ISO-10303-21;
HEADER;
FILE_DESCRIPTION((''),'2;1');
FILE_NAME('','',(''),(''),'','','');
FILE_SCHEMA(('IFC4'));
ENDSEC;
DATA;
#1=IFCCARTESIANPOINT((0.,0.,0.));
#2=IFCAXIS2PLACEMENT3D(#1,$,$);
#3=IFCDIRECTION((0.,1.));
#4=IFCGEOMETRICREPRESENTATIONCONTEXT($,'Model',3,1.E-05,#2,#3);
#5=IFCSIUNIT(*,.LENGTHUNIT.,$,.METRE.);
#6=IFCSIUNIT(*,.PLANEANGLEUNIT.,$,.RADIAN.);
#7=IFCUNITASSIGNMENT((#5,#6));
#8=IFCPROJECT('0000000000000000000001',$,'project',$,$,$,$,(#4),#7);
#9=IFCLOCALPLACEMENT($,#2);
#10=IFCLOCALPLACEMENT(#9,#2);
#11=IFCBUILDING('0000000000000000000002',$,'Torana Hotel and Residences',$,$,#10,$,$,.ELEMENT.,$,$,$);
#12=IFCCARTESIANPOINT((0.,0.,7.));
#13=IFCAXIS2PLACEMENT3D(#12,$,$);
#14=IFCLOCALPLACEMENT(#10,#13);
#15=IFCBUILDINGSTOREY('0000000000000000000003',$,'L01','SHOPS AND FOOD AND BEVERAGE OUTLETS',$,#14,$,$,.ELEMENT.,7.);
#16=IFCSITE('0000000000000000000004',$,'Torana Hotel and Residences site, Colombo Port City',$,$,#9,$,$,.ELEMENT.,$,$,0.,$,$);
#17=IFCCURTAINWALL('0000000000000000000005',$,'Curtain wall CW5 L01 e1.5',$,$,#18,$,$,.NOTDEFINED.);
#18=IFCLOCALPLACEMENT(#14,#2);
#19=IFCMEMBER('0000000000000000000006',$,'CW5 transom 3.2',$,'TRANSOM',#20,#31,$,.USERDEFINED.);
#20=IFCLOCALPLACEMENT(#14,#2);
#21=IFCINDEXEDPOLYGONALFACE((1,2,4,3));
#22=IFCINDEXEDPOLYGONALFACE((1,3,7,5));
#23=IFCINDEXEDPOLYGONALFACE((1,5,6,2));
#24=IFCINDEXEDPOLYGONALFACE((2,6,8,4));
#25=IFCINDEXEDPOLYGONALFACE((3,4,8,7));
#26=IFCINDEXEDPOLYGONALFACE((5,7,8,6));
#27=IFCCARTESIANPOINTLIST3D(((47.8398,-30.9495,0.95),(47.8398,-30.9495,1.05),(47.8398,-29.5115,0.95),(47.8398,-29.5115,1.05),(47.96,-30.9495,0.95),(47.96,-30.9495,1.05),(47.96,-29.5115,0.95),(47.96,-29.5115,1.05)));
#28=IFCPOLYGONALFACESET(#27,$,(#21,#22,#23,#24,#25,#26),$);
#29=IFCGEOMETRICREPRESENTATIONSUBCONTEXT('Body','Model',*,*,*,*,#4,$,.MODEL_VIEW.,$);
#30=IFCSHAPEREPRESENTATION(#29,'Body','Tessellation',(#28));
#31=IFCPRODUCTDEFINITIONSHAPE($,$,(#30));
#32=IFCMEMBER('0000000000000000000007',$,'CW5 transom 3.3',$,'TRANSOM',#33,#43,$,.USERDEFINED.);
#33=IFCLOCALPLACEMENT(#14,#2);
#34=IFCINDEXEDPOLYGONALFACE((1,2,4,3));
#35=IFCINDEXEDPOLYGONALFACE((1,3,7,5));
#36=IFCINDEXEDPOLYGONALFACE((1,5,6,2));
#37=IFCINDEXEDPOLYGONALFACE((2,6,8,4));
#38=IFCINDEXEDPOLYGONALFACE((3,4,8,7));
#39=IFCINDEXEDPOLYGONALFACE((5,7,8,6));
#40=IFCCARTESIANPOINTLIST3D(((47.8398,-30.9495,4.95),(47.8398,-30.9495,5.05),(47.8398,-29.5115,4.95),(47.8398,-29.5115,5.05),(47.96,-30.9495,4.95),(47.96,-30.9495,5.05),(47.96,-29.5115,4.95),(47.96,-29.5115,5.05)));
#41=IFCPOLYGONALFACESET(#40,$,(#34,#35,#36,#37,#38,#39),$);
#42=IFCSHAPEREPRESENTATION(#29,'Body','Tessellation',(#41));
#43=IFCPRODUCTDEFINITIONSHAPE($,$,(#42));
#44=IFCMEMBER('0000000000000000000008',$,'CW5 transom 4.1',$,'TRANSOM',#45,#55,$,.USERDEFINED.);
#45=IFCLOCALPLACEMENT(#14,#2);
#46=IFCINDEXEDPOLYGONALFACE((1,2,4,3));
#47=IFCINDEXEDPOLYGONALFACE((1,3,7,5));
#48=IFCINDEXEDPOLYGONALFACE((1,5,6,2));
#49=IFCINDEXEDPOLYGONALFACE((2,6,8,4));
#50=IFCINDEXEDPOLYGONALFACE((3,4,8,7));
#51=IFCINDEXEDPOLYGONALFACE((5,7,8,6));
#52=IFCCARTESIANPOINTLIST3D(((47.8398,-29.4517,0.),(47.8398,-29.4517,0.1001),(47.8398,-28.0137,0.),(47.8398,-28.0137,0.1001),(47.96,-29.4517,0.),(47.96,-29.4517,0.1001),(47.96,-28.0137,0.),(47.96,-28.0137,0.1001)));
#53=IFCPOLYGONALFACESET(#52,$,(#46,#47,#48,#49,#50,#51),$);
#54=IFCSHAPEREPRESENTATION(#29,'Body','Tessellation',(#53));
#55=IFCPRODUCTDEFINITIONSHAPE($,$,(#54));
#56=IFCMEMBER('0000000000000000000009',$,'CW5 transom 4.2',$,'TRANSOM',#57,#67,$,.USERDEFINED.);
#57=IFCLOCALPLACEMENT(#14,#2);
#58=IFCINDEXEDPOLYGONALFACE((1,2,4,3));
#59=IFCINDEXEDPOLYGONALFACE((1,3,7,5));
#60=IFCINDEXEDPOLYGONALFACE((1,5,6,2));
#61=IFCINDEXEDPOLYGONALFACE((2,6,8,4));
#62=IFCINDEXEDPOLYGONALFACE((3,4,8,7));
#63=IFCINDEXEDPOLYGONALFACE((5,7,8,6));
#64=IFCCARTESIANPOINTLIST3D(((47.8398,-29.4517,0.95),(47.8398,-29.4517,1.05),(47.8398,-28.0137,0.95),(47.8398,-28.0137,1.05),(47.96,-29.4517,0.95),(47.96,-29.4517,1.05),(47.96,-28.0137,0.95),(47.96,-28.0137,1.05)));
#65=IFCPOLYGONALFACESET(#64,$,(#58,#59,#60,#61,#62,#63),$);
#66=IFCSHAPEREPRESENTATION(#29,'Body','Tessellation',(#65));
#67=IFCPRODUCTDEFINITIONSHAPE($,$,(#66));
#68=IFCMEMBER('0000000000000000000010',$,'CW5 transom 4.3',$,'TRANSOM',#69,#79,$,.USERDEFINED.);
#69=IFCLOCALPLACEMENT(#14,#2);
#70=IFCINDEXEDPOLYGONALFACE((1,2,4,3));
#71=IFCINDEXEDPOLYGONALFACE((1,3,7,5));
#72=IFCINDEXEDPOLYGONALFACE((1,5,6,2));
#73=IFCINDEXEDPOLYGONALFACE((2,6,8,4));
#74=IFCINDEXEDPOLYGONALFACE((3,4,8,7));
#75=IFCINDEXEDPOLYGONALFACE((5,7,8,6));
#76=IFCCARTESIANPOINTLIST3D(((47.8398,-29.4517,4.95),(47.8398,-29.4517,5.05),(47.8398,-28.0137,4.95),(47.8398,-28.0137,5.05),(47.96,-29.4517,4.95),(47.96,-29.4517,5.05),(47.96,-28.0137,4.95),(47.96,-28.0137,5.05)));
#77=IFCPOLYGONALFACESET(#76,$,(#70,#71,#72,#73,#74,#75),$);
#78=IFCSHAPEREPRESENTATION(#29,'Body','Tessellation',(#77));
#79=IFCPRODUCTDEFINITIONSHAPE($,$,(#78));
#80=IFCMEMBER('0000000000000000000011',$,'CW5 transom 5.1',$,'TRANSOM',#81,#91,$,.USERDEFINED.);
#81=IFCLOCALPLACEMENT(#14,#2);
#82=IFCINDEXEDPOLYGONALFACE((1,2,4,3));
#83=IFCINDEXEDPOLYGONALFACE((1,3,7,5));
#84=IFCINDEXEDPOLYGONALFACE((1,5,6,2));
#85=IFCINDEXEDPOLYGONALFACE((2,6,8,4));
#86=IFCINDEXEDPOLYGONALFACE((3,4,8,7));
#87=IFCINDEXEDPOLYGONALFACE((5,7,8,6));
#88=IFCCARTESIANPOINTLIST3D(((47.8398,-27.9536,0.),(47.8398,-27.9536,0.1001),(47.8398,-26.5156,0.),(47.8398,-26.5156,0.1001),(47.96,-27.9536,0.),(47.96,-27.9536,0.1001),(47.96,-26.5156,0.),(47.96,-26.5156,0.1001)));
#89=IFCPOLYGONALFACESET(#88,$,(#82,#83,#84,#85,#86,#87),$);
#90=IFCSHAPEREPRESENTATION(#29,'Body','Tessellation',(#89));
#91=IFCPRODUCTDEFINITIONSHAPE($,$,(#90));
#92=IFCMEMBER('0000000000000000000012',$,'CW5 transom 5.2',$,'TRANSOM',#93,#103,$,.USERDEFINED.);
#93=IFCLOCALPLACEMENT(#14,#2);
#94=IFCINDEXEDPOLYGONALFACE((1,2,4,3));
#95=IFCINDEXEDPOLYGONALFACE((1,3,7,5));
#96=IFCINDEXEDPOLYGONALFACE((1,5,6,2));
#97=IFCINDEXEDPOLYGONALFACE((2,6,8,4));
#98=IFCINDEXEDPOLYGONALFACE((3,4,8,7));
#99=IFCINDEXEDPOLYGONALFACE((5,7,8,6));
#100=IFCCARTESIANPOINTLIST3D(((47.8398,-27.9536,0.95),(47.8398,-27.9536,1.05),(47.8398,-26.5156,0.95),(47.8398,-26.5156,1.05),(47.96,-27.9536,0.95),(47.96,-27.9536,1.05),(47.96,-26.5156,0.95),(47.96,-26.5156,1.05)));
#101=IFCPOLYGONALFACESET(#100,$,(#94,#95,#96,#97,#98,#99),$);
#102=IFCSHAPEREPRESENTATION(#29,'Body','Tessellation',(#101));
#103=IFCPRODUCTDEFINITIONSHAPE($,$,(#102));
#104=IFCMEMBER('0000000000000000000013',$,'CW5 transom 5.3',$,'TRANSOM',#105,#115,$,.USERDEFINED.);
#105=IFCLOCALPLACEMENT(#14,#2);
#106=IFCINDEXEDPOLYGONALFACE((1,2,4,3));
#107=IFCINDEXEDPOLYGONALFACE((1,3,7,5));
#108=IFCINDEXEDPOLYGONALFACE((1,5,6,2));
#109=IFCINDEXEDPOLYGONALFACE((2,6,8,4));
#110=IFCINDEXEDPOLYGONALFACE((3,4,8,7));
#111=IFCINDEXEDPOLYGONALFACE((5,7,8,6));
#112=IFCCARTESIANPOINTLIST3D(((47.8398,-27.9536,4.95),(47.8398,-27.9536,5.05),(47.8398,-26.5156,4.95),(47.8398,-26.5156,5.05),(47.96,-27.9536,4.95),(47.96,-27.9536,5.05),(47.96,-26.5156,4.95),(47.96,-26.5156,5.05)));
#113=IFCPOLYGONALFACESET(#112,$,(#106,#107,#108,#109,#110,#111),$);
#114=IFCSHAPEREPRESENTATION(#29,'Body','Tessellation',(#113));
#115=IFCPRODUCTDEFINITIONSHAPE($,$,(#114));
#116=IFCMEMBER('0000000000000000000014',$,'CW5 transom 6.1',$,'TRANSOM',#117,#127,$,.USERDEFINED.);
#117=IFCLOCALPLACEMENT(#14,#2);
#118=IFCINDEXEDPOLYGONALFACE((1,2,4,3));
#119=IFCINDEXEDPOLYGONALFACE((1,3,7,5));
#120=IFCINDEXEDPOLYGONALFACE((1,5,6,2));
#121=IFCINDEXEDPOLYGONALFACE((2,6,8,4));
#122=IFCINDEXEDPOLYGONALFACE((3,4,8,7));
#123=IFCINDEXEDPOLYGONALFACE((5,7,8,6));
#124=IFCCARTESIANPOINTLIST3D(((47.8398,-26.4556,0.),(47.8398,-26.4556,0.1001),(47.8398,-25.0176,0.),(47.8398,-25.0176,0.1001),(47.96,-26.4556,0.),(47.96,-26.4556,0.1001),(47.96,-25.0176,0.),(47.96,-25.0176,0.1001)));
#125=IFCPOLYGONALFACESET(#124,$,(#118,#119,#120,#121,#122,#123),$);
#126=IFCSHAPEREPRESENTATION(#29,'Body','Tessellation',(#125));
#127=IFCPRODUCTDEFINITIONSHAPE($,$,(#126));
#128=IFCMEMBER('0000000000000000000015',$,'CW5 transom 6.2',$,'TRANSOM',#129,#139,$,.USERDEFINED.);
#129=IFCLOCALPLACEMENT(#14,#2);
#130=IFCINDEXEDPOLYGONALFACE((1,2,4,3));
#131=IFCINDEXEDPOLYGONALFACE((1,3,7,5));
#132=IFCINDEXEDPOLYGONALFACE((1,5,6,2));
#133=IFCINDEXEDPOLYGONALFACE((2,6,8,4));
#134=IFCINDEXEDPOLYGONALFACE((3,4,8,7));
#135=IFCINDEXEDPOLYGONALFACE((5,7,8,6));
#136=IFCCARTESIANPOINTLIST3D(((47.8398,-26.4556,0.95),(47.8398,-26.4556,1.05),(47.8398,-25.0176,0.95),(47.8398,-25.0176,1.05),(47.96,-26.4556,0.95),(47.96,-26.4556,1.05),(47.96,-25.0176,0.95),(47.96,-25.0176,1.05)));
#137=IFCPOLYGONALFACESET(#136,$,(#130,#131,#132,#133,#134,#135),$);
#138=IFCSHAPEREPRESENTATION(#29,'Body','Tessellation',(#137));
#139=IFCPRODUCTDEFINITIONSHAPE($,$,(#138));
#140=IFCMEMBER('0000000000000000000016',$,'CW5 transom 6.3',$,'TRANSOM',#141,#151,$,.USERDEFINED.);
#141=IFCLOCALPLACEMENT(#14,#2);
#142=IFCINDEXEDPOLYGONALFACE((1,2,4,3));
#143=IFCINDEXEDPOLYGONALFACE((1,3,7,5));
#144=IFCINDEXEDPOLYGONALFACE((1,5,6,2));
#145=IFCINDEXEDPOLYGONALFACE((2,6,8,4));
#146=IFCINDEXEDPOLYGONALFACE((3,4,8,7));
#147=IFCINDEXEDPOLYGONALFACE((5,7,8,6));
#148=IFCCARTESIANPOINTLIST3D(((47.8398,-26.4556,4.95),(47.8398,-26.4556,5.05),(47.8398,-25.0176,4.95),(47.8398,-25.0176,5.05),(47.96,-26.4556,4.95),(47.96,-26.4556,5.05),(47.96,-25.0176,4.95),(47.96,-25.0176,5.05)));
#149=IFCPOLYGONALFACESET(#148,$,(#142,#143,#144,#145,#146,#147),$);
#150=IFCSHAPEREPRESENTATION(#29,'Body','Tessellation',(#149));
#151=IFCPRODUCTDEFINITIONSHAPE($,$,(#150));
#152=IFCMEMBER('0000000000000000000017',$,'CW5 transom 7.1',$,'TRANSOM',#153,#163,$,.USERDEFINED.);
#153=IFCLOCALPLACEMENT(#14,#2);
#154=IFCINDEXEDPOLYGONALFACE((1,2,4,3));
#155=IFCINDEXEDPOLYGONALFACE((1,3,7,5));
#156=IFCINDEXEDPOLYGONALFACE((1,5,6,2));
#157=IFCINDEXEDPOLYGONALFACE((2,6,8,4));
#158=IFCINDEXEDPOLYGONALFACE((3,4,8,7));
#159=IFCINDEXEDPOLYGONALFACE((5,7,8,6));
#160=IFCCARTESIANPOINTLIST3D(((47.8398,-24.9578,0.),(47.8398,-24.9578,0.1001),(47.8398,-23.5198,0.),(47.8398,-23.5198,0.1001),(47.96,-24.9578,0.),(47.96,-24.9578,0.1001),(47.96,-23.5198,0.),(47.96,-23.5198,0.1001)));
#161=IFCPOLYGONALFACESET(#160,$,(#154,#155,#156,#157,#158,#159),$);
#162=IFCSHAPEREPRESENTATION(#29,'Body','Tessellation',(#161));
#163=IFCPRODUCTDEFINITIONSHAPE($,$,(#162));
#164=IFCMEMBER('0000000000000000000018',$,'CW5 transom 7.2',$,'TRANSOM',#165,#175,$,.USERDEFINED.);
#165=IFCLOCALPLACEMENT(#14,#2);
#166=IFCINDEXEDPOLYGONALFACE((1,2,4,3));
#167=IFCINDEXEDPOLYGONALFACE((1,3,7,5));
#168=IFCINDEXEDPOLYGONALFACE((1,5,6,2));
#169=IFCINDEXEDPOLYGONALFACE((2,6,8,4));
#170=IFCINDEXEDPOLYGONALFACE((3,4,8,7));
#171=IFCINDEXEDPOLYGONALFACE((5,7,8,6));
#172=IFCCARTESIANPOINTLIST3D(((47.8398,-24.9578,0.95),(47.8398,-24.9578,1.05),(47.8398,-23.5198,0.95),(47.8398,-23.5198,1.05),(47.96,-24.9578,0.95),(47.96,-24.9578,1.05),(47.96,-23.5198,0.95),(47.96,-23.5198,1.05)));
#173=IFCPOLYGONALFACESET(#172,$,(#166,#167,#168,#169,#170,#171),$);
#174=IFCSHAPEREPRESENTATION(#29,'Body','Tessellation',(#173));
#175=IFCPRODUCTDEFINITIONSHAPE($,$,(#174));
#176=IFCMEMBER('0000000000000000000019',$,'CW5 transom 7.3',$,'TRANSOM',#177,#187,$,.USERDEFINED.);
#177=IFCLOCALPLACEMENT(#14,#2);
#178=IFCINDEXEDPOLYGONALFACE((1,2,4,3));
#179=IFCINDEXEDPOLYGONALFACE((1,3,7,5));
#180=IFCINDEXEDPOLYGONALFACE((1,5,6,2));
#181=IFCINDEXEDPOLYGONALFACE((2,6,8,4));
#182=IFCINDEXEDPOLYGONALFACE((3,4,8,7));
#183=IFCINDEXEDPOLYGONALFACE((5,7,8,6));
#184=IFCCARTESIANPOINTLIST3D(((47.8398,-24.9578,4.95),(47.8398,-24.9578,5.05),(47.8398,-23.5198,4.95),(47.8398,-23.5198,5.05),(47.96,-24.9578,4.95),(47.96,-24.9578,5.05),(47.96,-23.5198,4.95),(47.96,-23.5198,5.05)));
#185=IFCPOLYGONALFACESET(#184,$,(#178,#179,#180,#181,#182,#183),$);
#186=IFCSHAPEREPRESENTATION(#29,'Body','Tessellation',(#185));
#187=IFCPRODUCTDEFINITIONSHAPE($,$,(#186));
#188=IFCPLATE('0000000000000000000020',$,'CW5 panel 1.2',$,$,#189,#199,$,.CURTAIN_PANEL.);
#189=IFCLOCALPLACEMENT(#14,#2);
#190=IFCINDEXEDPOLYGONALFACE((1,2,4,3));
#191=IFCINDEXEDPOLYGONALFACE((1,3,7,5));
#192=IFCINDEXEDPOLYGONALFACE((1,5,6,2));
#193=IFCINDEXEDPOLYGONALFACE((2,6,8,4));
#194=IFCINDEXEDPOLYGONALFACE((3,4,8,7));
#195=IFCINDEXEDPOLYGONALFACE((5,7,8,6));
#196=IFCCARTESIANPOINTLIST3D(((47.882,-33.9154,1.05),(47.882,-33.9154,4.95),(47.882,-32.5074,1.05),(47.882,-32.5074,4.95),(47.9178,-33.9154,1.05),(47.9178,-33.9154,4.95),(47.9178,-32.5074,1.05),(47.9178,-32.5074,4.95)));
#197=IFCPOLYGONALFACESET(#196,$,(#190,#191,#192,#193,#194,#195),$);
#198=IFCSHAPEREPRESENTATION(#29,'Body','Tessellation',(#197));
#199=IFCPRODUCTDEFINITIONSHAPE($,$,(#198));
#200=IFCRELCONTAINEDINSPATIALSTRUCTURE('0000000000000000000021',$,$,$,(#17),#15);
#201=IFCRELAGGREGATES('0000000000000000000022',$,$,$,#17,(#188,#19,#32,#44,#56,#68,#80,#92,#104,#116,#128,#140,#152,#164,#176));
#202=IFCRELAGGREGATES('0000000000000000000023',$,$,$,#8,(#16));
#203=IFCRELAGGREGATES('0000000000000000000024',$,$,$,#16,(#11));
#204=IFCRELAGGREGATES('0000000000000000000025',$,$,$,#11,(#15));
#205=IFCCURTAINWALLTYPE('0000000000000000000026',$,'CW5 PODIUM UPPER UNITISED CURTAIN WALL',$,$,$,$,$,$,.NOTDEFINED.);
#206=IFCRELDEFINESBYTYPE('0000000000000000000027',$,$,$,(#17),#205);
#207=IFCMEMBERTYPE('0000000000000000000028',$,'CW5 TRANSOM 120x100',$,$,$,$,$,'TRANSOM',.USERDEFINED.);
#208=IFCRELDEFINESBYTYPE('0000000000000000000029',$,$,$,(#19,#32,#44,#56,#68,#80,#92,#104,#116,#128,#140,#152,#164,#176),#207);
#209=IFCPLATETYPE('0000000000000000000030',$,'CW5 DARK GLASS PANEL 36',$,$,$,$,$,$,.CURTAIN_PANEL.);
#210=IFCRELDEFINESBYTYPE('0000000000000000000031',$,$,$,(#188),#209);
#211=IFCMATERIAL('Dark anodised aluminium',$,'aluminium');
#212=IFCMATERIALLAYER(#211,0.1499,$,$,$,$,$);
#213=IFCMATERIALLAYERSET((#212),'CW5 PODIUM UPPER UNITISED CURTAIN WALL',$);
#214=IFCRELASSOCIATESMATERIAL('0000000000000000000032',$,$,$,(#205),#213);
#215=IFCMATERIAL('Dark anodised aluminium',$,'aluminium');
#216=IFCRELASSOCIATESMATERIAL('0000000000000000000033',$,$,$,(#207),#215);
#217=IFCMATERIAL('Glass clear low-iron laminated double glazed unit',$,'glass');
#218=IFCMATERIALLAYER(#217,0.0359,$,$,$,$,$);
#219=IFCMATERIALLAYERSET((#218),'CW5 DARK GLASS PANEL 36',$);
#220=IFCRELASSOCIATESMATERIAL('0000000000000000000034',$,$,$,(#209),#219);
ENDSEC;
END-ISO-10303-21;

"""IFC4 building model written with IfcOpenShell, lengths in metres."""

from ifc_helpers import new_model, si_unit, direction, frame, origin, origin_2d, place, context, subcontext, project, spatial, rectangle, extrude, material, layer, layer_set, material_profile, profile_set, type_object, element, aggregate, save


model = new_model("IFC4")

# Units and contexts
model_context = context("Model", 3, precision=1e-05, world=origin(), true_north=direction((0.0, 1.0)))
body_context = subcontext(model_context, "Body", "Model", "MODEL_VIEW")
ifc_project = project(units=[si_unit("LENGTHUNIT", "METRE"), si_unit("PLANEANGLEUNIT", "RADIAN")], contexts=[model_context])

# Site, building, storey
site_placement = place(None, origin())
site = spatial("IfcSite", under=ifc_project, at=site_placement, Name="Torana Hotel and Residences site, Colombo Port City", CompositionType="ELEMENT", RefElevation=0.0)
building_placement = place(site_placement, origin())
building = spatial("IfcBuilding", under=site, at=building_placement, Name="Torana Hotel and Residences", CompositionType="ELEMENT")
storey_placement = place(building_placement, frame((0.0, 0.0, 7.0)))
storey = spatial("IfcBuildingStorey", under=building, at=storey_placement, Name="L01", Description="SHOPS AND FOOD AND BEVERAGE OUTLETS", CompositionType="ELEMENT", Elevation=7.0)

# Curtain wall, members, plate
ifc_material_1 = material(Name="Dark anodised aluminium", Category="aluminium")
ifc_layer_1 = layer(ifc_material_1, 0.1499)
ifc_layer_set_1 = layer_set([ifc_layer_1], Name="CW5 PODIUM UPPER UNITISED CURTAIN WALL")
curtain_wall_type = type_object("IfcCurtainWallType", Name="CW5 PODIUM UPPER UNITISED CURTAIN WALL", PredefinedType="NOTDEFINED", material=ifc_layer_set_1)
curtain_wall_placement = place(storey_placement, origin())
curtain_wall = element("IfcCurtainWall", 1, at=curtain_wall_placement, inside=storey, type_object=curtain_wall_type, Name="Curtain wall CW5 L01 e1.5", PredefinedType="NOTDEFINED")
ifc_material_2 = material(Name="Dark anodised aluminium", Category="aluminium")
ifc_material_profile_1 = material_profile(ifc_material_2, rectangle(XDim=0.1201, YDim=0.1001, at=origin_2d()), Name="CW5 TRANSOM 120x100")
ifc_profile_set_1 = profile_set([ifc_material_profile_1], Name="Dark anodised aluminium")
member_type_1 = type_object("IfcMemberType", Name="CW5 TRANSOM 120x100", ElementType="TRANSOM", PredefinedType="USERDEFINED", material=ifc_profile_set_1)
member_1_placement = place(storey_placement, frame((47.8999, -30.9495, 1.0), z_axis=(0.0, 1.0, 0.0), x_axis=(-1.0, 0.0, 0.0)))
member_1 = element("IfcMember", 2, at=member_1_placement, type_object=member_type_1, Name="CW5 transom 3.2", ObjectType="TRANSOM", PredefinedType="USERDEFINED", context=body_context, shape_type="SweptSolid", body=[
    extrude(rectangle(XDim=0.1201, YDim=0.1001, at=origin_2d()), origin(), (0.0, 0.0, 1.0), 1.438),
])
member_2_placement = place(storey_placement, frame((47.8999, -30.9495, 5.0), z_axis=(0.0, 1.0, 0.0), x_axis=(-1.0, 0.0, 0.0)))
member_2 = element("IfcMember", 3, at=member_2_placement, type_object=member_type_1, Name="CW5 transom 3.3", ObjectType="TRANSOM", PredefinedType="USERDEFINED", context=body_context, shape_type="SweptSolid", body=[
    extrude(rectangle(XDim=0.1201, YDim=0.1001, at=origin_2d()), origin(), (0.0, 0.0, 1.0), 1.438),
])
member_3_placement = place(storey_placement, frame((47.8999, -29.4517, 0.05), z_axis=(0.0, 1.0, 0.0), x_axis=(-1.0, 0.0, 0.0)))
member_3 = element("IfcMember", 4, at=member_3_placement, type_object=member_type_1, Name="CW5 transom 4.1", ObjectType="TRANSOM", PredefinedType="USERDEFINED", context=body_context, shape_type="SweptSolid", body=[
    extrude(rectangle(XDim=0.1201, YDim=0.1001, at=origin_2d()), origin(), (0.0, 0.0, 1.0), 1.438),
])
member_4_placement = place(storey_placement, frame((47.8999, -29.4517, 1.0), z_axis=(0.0, 1.0, 0.0), x_axis=(-1.0, 0.0, 0.0)))
member_4 = element("IfcMember", 5, at=member_4_placement, type_object=member_type_1, Name="CW5 transom 4.2", ObjectType="TRANSOM", PredefinedType="USERDEFINED", context=body_context, shape_type="SweptSolid", body=[
    extrude(rectangle(XDim=0.1201, YDim=0.1001, at=origin_2d()), origin(), (0.0, 0.0, 1.0), 1.438),
])
member_5_placement = place(storey_placement, frame((47.8999, -29.4517, 5.0), z_axis=(0.0, 1.0, 0.0), x_axis=(-1.0, 0.0, 0.0)))
member_5 = element("IfcMember", 6, at=member_5_placement, type_object=member_type_1, Name="CW5 transom 4.3", ObjectType="TRANSOM", PredefinedType="USERDEFINED", context=body_context, shape_type="SweptSolid", body=[
    extrude(rectangle(XDim=0.1201, YDim=0.1001, at=origin_2d()), origin(), (0.0, 0.0, 1.0), 1.438),
])
member_6_placement = place(storey_placement, frame((47.8999, -27.9536, 0.05), z_axis=(0.0, 1.0, 0.0), x_axis=(-1.0, 0.0, 0.0)))
member_6 = element("IfcMember", 7, at=member_6_placement, type_object=member_type_1, Name="CW5 transom 5.1", ObjectType="TRANSOM", PredefinedType="USERDEFINED", context=body_context, shape_type="SweptSolid", body=[
    extrude(rectangle(XDim=0.1201, YDim=0.1001, at=origin_2d()), origin(), (0.0, 0.0, 1.0), 1.438),
])
member_7_placement = place(storey_placement, frame((47.8999, -27.9536, 1.0), z_axis=(0.0, 1.0, 0.0), x_axis=(-1.0, 0.0, 0.0)))
member_7 = element("IfcMember", 8, at=member_7_placement, type_object=member_type_1, Name="CW5 transom 5.2", ObjectType="TRANSOM", PredefinedType="USERDEFINED", context=body_context, shape_type="SweptSolid", body=[
    extrude(rectangle(XDim=0.1201, YDim=0.1001, at=origin_2d()), origin(), (0.0, 0.0, 1.0), 1.438),
])
member_8_placement = place(storey_placement, frame((47.8999, -27.9536, 5.0), z_axis=(0.0, 1.0, 0.0), x_axis=(-1.0, 0.0, 0.0)))
member_8 = element("IfcMember", 9, at=member_8_placement, type_object=member_type_1, Name="CW5 transom 5.3", ObjectType="TRANSOM", PredefinedType="USERDEFINED", context=body_context, shape_type="SweptSolid", body=[
    extrude(rectangle(XDim=0.1201, YDim=0.1001, at=origin_2d()), origin(), (0.0, 0.0, 1.0), 1.438),
])
member_9_placement = place(storey_placement, frame((47.8999, -26.4556, 0.05), z_axis=(0.0, 1.0, 0.0), x_axis=(-1.0, 0.0, 0.0)))
member_9 = element("IfcMember", 10, at=member_9_placement, type_object=member_type_1, Name="CW5 transom 6.1", ObjectType="TRANSOM", PredefinedType="USERDEFINED", context=body_context, shape_type="SweptSolid", body=[
    extrude(rectangle(XDim=0.1201, YDim=0.1001, at=origin_2d()), origin(), (0.0, 0.0, 1.0), 1.438),
])
member_10_placement = place(storey_placement, frame((47.8999, -26.4556, 1.0), z_axis=(0.0, 1.0, 0.0), x_axis=(-1.0, 0.0, 0.0)))
member_10 = element("IfcMember", 11, at=member_10_placement, type_object=member_type_1, Name="CW5 transom 6.2", ObjectType="TRANSOM", PredefinedType="USERDEFINED", context=body_context, shape_type="SweptSolid", body=[
    extrude(rectangle(XDim=0.1201, YDim=0.1001, at=origin_2d()), origin(), (0.0, 0.0, 1.0), 1.438),
])
member_11_placement = place(storey_placement, frame((47.8999, -26.4556, 5.0), z_axis=(0.0, 1.0, 0.0), x_axis=(-1.0, 0.0, 0.0)))
member_11 = element("IfcMember", 12, at=member_11_placement, type_object=member_type_1, Name="CW5 transom 6.3", ObjectType="TRANSOM", PredefinedType="USERDEFINED", context=body_context, shape_type="SweptSolid", body=[
    extrude(rectangle(XDim=0.1201, YDim=0.1001, at=origin_2d()), origin(), (0.0, 0.0, 1.0), 1.438),
])
member_12_placement = place(storey_placement, frame((47.8999, -24.9578, 0.05), z_axis=(0.0, 1.0, 0.0), x_axis=(-1.0, 0.0, 0.0)))
member_12 = element("IfcMember", 13, at=member_12_placement, type_object=member_type_1, Name="CW5 transom 7.1", ObjectType="TRANSOM", PredefinedType="USERDEFINED", context=body_context, shape_type="SweptSolid", body=[
    extrude(rectangle(XDim=0.1201, YDim=0.1001, at=origin_2d()), origin(), (0.0, 0.0, 1.0), 1.438),
])
member_13_placement = place(storey_placement, frame((47.8999, -24.9578, 1.0), z_axis=(0.0, 1.0, 0.0), x_axis=(-1.0, 0.0, 0.0)))
member_13 = element("IfcMember", 14, at=member_13_placement, type_object=member_type_1, Name="CW5 transom 7.2", ObjectType="TRANSOM", PredefinedType="USERDEFINED", context=body_context, shape_type="SweptSolid", body=[
    extrude(rectangle(XDim=0.1201, YDim=0.1001, at=origin_2d()), origin(), (0.0, 0.0, 1.0), 1.438),
])
member_14_placement = place(storey_placement, frame((47.8999, -24.9578, 5.0), z_axis=(0.0, 1.0, 0.0), x_axis=(-1.0, 0.0, 0.0)))
member_14 = element("IfcMember", 15, at=member_14_placement, type_object=member_type_1, Name="CW5 transom 7.3", ObjectType="TRANSOM", PredefinedType="USERDEFINED", context=body_context, shape_type="SweptSolid", body=[
    extrude(rectangle(XDim=0.1201, YDim=0.1001, at=origin_2d()), origin(), (0.0, 0.0, 1.0), 1.438),
])
ifc_material_3 = material(Name="Glass clear low-iron laminated double glazed unit", Category="glass")
ifc_layer_2 = layer(ifc_material_3, 0.0359)
ifc_layer_set_2 = layer_set([ifc_layer_2], Name="CW5 DARK GLASS PANEL 36")
plate_type = type_object("IfcPlateType", Name="CW5 DARK GLASS PANEL 36", PredefinedType="CURTAIN_PANEL", material=ifc_layer_set_2)
plate_1_placement = place(storey_placement, frame((47.8999, -33.2114, 1.05), z_axis=(0.0, 0.0, 1.0), x_axis=(0.0, 1.0, 0.0)))
plate_1 = element("IfcPlate", 16, at=plate_1_placement, type_object=plate_type, Name="CW5 panel 1.2", PredefinedType="CURTAIN_PANEL", context=body_context, shape_type="SweptSolid", body=[
    extrude(rectangle(XDim=1.408, YDim=0.0359, at=origin_2d()), origin(), (0.0, 0.0, 1.0), 3.8999),
])
aggregate(curtain_wall, [plate_1, member_1, member_2, member_3, member_4, member_5, member_6, member_7, member_8, member_9, member_10, member_11, member_12, member_13, member_14])

save(model, "model.ifc")
